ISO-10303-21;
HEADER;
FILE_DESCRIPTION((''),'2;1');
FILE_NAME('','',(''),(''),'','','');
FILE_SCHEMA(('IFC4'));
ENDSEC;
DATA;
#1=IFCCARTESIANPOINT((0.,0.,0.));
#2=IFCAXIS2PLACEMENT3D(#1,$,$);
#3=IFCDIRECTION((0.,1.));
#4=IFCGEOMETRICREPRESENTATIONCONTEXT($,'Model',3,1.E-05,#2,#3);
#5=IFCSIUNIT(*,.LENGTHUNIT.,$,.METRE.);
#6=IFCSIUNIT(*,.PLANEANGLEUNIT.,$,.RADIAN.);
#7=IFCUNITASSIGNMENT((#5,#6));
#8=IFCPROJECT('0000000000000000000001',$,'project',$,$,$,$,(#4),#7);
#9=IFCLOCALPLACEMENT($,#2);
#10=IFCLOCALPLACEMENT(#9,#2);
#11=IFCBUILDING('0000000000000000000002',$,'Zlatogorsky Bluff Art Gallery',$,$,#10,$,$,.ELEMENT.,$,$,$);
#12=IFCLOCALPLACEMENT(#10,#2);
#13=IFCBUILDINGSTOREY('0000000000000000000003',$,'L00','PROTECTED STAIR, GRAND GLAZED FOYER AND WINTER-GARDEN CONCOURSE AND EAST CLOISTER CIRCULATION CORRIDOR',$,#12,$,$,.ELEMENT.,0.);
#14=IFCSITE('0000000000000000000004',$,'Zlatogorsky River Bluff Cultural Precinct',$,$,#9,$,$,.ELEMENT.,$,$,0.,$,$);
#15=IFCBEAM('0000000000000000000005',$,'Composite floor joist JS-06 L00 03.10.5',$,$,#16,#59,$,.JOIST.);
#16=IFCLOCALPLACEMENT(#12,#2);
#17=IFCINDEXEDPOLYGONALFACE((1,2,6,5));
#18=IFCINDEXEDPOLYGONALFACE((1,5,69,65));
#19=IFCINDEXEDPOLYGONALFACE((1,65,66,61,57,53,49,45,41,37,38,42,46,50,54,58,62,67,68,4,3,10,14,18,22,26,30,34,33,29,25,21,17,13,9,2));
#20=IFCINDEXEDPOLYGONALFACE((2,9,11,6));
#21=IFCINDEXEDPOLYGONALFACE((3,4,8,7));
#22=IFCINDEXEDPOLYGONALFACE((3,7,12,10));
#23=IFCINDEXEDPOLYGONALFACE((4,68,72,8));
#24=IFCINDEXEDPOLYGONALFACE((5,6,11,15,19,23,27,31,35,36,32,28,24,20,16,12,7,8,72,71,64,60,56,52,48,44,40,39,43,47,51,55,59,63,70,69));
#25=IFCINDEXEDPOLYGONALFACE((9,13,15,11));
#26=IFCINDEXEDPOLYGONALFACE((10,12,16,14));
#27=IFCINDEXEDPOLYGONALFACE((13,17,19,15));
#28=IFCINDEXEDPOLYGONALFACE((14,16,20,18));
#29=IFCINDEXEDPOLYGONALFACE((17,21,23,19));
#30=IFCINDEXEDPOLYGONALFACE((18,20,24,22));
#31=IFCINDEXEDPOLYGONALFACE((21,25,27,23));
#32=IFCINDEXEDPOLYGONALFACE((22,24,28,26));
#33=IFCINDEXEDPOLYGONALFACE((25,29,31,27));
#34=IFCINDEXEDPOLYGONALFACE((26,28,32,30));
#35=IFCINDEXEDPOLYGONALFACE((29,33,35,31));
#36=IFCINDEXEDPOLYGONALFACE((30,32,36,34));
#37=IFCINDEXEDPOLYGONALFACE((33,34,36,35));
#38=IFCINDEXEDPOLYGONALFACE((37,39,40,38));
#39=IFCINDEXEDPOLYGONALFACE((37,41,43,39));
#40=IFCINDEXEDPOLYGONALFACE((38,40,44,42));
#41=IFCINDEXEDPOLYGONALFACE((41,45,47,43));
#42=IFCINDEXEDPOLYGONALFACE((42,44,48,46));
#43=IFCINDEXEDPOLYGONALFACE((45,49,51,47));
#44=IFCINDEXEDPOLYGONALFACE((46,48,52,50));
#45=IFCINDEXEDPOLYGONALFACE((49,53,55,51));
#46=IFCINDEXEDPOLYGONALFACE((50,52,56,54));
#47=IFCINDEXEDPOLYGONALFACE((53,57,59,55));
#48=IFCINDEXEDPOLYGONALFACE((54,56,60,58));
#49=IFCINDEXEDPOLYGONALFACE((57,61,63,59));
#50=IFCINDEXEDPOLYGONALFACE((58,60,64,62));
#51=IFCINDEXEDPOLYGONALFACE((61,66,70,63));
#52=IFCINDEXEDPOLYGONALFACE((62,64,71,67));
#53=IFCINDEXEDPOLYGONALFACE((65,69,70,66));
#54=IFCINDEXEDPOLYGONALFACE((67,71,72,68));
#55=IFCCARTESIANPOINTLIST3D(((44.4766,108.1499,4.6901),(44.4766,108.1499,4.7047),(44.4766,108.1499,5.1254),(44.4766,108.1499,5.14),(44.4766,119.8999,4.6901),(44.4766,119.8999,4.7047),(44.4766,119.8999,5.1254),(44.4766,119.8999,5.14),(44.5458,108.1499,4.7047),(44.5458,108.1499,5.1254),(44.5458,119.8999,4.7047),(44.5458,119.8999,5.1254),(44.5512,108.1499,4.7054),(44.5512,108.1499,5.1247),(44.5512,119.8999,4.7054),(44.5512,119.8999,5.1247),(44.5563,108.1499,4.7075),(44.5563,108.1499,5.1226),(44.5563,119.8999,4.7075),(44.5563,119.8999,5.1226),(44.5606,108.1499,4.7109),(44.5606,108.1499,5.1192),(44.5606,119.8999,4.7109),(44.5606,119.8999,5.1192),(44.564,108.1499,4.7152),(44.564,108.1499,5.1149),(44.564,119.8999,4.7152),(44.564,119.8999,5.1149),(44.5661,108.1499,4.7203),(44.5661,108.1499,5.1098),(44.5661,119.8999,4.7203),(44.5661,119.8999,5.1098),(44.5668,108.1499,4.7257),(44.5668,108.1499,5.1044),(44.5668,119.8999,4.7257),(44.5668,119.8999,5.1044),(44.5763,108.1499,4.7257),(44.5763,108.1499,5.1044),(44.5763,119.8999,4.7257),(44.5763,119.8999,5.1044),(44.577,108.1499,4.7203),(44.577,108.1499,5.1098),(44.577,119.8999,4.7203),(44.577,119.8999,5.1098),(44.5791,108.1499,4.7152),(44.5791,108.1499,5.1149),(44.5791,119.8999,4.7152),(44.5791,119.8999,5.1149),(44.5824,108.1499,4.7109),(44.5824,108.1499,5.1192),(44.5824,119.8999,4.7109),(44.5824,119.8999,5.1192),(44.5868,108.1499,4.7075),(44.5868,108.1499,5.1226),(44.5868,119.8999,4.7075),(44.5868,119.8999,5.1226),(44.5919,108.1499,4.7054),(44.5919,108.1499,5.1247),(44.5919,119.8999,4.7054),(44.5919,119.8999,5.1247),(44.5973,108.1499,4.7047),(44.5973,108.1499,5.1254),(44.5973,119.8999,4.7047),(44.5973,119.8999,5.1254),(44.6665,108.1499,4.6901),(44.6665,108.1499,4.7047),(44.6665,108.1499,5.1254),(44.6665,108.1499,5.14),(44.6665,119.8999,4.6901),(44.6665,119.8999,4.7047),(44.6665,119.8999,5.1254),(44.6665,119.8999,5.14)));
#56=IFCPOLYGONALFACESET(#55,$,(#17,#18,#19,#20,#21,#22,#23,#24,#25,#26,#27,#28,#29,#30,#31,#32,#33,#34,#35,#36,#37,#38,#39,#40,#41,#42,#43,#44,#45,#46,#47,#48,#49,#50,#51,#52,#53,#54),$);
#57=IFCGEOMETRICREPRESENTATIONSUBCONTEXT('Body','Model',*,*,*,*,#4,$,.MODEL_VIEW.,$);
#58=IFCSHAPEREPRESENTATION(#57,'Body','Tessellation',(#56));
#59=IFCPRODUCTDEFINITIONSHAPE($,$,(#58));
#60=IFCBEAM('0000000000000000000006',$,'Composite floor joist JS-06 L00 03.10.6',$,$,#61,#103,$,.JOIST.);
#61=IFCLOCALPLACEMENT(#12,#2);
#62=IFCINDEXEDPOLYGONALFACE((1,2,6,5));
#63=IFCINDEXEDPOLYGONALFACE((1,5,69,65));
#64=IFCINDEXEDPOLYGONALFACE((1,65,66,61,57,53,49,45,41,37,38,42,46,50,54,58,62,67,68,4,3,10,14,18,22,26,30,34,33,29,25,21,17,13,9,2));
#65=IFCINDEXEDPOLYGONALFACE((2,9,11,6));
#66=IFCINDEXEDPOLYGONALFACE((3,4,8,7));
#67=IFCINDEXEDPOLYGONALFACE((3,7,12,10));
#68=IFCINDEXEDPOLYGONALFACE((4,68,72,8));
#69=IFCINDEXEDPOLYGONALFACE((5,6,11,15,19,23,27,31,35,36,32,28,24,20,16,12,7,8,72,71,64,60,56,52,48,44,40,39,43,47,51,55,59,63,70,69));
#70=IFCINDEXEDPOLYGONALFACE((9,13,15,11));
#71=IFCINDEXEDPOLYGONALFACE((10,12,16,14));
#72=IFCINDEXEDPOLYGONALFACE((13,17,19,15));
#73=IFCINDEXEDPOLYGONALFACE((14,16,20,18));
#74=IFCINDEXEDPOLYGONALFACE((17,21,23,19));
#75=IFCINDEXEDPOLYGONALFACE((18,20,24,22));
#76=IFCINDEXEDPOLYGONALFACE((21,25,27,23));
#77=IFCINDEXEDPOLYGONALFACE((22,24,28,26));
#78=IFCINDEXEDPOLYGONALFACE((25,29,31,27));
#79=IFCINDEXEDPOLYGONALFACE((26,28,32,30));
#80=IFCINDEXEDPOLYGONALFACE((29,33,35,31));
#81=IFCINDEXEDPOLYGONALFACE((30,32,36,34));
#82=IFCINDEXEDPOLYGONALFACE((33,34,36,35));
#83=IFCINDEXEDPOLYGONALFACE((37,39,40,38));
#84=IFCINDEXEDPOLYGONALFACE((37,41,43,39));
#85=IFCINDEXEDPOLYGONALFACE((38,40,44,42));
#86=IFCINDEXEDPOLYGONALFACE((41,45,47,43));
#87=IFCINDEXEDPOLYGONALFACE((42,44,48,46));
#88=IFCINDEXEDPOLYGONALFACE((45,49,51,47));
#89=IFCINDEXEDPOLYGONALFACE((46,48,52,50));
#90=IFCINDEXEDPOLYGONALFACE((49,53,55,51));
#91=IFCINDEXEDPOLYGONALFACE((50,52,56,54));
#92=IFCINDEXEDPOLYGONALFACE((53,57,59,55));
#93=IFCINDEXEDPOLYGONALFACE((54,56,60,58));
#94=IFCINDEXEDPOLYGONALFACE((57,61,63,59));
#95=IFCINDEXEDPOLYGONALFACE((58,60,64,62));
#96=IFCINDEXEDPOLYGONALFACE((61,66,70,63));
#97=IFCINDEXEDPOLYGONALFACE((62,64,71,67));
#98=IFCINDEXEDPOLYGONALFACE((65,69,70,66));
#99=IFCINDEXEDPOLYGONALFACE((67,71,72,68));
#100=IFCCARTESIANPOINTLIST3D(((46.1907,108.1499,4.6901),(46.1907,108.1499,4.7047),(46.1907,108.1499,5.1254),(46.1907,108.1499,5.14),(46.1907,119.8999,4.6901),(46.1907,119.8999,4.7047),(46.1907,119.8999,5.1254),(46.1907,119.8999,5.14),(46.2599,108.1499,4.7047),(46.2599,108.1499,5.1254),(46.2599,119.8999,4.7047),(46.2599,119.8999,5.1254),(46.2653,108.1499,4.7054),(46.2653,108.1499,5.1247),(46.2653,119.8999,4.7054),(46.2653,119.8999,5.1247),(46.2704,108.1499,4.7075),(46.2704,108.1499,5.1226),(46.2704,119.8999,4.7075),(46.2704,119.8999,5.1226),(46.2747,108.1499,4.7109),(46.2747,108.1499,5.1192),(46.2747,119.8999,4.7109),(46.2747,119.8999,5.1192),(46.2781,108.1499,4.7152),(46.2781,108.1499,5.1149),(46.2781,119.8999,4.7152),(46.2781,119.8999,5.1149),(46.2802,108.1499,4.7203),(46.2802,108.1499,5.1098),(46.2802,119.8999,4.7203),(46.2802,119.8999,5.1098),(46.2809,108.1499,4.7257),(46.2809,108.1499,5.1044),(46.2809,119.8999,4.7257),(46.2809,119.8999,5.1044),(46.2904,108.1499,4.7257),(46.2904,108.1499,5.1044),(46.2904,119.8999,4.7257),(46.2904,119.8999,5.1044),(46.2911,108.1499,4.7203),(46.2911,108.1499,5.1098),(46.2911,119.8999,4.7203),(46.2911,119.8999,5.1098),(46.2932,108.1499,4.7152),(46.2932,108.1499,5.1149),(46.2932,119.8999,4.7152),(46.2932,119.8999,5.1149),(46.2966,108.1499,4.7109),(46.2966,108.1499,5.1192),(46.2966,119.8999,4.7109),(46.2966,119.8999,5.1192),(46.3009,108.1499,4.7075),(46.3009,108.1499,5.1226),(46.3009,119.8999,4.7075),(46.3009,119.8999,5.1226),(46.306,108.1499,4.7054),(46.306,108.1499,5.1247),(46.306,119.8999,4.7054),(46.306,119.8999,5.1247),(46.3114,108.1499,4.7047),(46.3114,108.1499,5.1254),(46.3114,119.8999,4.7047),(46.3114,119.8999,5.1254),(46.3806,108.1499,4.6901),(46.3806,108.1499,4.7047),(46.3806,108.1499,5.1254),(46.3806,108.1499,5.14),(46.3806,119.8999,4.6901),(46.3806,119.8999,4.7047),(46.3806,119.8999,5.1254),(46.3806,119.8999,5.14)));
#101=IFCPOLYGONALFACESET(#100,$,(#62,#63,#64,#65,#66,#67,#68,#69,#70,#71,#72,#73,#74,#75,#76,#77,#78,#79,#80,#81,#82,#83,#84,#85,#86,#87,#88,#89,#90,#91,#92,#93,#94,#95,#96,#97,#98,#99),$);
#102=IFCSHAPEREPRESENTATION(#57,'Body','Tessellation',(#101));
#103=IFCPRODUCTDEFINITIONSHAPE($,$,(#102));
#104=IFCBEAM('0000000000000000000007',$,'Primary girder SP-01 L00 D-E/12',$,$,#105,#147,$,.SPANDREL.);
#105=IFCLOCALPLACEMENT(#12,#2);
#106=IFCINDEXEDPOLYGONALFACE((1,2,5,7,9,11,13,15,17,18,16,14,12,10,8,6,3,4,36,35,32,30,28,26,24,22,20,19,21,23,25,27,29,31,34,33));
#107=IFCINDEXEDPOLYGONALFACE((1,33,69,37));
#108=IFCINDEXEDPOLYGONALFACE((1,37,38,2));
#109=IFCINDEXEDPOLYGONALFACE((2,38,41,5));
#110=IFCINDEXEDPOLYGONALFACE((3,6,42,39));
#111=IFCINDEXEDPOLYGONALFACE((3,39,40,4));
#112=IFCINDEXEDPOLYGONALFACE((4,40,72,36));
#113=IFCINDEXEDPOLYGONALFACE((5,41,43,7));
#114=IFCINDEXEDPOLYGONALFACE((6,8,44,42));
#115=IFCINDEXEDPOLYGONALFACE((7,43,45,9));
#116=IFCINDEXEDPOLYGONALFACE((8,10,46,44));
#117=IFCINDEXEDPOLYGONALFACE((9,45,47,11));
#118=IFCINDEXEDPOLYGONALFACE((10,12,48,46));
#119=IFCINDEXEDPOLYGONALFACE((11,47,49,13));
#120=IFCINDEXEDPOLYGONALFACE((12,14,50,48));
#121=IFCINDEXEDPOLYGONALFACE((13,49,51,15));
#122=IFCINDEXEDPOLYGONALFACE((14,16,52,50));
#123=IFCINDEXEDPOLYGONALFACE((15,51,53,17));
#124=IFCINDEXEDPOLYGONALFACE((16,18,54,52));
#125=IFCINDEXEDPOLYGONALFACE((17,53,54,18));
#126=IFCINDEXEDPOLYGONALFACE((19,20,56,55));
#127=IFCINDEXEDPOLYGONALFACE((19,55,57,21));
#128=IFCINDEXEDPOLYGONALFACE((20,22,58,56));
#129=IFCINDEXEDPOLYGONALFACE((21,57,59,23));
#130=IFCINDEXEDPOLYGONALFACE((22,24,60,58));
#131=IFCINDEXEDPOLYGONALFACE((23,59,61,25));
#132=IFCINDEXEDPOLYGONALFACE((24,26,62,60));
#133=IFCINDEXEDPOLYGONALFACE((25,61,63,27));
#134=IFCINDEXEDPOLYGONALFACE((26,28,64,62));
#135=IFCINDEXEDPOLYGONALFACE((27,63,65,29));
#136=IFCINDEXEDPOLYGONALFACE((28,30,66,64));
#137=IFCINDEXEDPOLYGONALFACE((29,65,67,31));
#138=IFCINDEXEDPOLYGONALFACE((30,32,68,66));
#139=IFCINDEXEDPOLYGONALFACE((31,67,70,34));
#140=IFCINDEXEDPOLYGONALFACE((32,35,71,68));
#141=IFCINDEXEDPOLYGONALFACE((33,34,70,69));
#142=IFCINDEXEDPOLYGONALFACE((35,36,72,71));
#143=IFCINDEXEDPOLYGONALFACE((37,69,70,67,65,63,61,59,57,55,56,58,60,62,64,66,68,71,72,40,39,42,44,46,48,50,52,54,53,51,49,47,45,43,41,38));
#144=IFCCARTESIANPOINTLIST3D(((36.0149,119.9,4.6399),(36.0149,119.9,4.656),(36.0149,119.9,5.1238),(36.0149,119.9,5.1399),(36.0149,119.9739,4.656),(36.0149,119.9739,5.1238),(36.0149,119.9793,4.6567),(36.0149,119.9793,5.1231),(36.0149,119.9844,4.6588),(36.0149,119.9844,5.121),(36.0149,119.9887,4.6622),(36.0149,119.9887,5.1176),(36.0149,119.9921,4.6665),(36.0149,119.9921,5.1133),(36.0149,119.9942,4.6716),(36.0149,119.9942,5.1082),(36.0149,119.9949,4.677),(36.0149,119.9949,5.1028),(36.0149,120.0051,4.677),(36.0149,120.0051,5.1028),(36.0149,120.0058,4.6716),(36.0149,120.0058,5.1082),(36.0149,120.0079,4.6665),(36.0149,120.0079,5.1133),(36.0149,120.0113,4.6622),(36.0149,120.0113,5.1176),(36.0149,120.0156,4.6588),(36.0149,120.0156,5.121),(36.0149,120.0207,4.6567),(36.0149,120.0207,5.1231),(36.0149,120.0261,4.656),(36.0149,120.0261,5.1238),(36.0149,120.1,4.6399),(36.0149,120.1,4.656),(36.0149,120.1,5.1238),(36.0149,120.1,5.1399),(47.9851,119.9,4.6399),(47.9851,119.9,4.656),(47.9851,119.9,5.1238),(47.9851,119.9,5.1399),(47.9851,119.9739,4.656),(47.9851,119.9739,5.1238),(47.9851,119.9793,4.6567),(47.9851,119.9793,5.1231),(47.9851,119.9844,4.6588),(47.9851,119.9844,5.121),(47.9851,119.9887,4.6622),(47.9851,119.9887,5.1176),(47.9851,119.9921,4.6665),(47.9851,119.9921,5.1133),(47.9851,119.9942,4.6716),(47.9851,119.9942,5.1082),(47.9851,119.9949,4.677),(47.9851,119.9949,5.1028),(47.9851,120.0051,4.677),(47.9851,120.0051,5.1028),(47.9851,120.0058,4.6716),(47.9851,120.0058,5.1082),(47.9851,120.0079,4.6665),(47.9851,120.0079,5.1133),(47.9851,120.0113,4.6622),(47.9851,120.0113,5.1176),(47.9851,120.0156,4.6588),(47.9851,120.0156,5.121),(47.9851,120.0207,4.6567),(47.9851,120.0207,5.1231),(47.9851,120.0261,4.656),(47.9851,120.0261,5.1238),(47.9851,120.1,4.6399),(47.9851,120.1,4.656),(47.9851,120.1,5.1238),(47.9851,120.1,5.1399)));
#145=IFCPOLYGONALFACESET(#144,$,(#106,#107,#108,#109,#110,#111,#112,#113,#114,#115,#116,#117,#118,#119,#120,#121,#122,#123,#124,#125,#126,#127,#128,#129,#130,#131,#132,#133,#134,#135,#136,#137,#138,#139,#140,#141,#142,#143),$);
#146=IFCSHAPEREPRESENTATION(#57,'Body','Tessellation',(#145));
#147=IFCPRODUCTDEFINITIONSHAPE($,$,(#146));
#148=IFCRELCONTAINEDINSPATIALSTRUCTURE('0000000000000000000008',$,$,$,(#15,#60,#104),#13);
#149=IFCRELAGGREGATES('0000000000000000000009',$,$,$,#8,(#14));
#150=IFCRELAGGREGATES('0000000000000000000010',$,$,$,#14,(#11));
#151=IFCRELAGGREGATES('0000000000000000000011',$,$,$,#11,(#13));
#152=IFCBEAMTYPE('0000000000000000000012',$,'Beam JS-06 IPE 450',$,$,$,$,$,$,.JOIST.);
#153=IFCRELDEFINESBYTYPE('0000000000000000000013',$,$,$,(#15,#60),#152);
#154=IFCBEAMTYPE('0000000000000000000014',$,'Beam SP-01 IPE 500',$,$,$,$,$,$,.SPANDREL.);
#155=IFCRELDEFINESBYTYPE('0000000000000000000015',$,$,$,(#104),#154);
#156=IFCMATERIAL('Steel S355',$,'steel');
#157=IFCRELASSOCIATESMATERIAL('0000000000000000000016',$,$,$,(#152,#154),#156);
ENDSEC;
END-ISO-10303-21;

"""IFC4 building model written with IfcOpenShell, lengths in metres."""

from ifc_helpers import new_model, si_unit, direction, frame, origin, origin_2d, place, context, subcontext, project, spatial, i_section, extrude, material, material_profile, profile_set, type_object, element, save


model = new_model("IFC4")

# Units and contexts
model_context = context("Model", 3, precision=1e-05, world=origin(), true_north=direction((0.0, 1.0)))
body_context = subcontext(model_context, "Body", "Model", "MODEL_VIEW")
ifc_project = project(units=[si_unit("LENGTHUNIT", "METRE"), si_unit("PLANEANGLEUNIT", "RADIAN")], contexts=[model_context])

# Site, building, storey
site_placement = place(None, origin())
site = spatial("IfcSite", under=ifc_project, at=site_placement, Name="Zlatogorsky River Bluff Cultural Precinct", CompositionType="ELEMENT", RefElevation=0.0)
building_placement = place(site_placement, origin())
building = spatial("IfcBuilding", under=site, at=building_placement, Name="Zlatogorsky Bluff Art Gallery", CompositionType="ELEMENT")
storey_placement = place(building_placement, origin())
storey = spatial("IfcBuildingStorey", under=building, at=storey_placement, Name="L00", Description="PROTECTED STAIR, GRAND GLAZED FOYER AND WINTER-GARDEN CONCOURSE AND EAST CLOISTER CIRCULATION CORRIDOR", CompositionType="ELEMENT", Elevation=0.0)

# Shared definitions
ifc_material_1 = material(Name="Steel S355", Category="steel")

# Beams
ifc_material_profile_1 = material_profile(ifc_material_1, i_section(OverallWidth=0.1899, OverallDepth=0.45, WebThickness=0.0095, FlangeThickness=0.0146, FilletRadius=0.021, at=origin_2d()), Name="IPE 450")
ifc_profile_set_1 = profile_set([ifc_material_profile_1], Name="Steel S355")
beam_type_1 = type_object("IfcBeamType", Name="Beam JS-06 IPE 450", PredefinedType="JOIST", material=ifc_profile_set_1)
for number, where, z_axis, x_axis, name in (
    (1, (44.5715, 108.1499, 4.915), (0.0, 1.0, 0.0), (-1.0, 0.0, 0.0), "Composite floor joist JS-06 L00 03.10.5"),
    (2, (46.2856, 108.1499, 4.915), (0.0, 1.0, 0.0), (-1.0, 0.0, 0.0), "Composite floor joist JS-06 L00 03.10.6"),
):
    element("IfcBeam", number, at=place(storey_placement, frame(where, z_axis=z_axis, x_axis=x_axis)), inside=storey, type_object=beam_type_1, Name=name, PredefinedType="JOIST", context=body_context, shape_type="SweptSolid", body=[
        extrude(i_section(OverallWidth=0.1899, OverallDepth=0.45, WebThickness=0.0095, FlangeThickness=0.0146, FilletRadius=0.021, at=origin_2d()), origin(), (0.0, 0.0, 1.0), 11.75),
    ])
ifc_material_profile_2 = material_profile(ifc_material_1, i_section(OverallWidth=0.2, OverallDepth=0.5, WebThickness=0.0103, FlangeThickness=0.0161, FilletRadius=0.021, at=origin_2d()), Name="IPE 500")
ifc_profile_set_2 = profile_set([ifc_material_profile_2], Name="Steel S355")
beam_type_2 = type_object("IfcBeamType", Name="Beam SP-01 IPE 500", PredefinedType="SPANDREL", material=ifc_profile_set_2)
beam_placement = place(storey_placement, frame((36.0149, 120.0, 4.8899), z_axis=(1.0, 0.0, 0.0), x_axis=(0.0, 1.0, 0.0)))
element("IfcBeam", 3, at=beam_placement, inside=storey, type_object=beam_type_2, Name="Primary girder SP-01 L00 D-E/12", PredefinedType="SPANDREL", context=body_context, shape_type="SweptSolid", body=[
    extrude(i_section(OverallWidth=0.2, OverallDepth=0.5, WebThickness=0.0103, FlangeThickness=0.0161, FilletRadius=0.021, at=origin_2d()), origin(), (0.0, 0.0, 1.0), 11.9702),
])

save(model, "model.ifc")
